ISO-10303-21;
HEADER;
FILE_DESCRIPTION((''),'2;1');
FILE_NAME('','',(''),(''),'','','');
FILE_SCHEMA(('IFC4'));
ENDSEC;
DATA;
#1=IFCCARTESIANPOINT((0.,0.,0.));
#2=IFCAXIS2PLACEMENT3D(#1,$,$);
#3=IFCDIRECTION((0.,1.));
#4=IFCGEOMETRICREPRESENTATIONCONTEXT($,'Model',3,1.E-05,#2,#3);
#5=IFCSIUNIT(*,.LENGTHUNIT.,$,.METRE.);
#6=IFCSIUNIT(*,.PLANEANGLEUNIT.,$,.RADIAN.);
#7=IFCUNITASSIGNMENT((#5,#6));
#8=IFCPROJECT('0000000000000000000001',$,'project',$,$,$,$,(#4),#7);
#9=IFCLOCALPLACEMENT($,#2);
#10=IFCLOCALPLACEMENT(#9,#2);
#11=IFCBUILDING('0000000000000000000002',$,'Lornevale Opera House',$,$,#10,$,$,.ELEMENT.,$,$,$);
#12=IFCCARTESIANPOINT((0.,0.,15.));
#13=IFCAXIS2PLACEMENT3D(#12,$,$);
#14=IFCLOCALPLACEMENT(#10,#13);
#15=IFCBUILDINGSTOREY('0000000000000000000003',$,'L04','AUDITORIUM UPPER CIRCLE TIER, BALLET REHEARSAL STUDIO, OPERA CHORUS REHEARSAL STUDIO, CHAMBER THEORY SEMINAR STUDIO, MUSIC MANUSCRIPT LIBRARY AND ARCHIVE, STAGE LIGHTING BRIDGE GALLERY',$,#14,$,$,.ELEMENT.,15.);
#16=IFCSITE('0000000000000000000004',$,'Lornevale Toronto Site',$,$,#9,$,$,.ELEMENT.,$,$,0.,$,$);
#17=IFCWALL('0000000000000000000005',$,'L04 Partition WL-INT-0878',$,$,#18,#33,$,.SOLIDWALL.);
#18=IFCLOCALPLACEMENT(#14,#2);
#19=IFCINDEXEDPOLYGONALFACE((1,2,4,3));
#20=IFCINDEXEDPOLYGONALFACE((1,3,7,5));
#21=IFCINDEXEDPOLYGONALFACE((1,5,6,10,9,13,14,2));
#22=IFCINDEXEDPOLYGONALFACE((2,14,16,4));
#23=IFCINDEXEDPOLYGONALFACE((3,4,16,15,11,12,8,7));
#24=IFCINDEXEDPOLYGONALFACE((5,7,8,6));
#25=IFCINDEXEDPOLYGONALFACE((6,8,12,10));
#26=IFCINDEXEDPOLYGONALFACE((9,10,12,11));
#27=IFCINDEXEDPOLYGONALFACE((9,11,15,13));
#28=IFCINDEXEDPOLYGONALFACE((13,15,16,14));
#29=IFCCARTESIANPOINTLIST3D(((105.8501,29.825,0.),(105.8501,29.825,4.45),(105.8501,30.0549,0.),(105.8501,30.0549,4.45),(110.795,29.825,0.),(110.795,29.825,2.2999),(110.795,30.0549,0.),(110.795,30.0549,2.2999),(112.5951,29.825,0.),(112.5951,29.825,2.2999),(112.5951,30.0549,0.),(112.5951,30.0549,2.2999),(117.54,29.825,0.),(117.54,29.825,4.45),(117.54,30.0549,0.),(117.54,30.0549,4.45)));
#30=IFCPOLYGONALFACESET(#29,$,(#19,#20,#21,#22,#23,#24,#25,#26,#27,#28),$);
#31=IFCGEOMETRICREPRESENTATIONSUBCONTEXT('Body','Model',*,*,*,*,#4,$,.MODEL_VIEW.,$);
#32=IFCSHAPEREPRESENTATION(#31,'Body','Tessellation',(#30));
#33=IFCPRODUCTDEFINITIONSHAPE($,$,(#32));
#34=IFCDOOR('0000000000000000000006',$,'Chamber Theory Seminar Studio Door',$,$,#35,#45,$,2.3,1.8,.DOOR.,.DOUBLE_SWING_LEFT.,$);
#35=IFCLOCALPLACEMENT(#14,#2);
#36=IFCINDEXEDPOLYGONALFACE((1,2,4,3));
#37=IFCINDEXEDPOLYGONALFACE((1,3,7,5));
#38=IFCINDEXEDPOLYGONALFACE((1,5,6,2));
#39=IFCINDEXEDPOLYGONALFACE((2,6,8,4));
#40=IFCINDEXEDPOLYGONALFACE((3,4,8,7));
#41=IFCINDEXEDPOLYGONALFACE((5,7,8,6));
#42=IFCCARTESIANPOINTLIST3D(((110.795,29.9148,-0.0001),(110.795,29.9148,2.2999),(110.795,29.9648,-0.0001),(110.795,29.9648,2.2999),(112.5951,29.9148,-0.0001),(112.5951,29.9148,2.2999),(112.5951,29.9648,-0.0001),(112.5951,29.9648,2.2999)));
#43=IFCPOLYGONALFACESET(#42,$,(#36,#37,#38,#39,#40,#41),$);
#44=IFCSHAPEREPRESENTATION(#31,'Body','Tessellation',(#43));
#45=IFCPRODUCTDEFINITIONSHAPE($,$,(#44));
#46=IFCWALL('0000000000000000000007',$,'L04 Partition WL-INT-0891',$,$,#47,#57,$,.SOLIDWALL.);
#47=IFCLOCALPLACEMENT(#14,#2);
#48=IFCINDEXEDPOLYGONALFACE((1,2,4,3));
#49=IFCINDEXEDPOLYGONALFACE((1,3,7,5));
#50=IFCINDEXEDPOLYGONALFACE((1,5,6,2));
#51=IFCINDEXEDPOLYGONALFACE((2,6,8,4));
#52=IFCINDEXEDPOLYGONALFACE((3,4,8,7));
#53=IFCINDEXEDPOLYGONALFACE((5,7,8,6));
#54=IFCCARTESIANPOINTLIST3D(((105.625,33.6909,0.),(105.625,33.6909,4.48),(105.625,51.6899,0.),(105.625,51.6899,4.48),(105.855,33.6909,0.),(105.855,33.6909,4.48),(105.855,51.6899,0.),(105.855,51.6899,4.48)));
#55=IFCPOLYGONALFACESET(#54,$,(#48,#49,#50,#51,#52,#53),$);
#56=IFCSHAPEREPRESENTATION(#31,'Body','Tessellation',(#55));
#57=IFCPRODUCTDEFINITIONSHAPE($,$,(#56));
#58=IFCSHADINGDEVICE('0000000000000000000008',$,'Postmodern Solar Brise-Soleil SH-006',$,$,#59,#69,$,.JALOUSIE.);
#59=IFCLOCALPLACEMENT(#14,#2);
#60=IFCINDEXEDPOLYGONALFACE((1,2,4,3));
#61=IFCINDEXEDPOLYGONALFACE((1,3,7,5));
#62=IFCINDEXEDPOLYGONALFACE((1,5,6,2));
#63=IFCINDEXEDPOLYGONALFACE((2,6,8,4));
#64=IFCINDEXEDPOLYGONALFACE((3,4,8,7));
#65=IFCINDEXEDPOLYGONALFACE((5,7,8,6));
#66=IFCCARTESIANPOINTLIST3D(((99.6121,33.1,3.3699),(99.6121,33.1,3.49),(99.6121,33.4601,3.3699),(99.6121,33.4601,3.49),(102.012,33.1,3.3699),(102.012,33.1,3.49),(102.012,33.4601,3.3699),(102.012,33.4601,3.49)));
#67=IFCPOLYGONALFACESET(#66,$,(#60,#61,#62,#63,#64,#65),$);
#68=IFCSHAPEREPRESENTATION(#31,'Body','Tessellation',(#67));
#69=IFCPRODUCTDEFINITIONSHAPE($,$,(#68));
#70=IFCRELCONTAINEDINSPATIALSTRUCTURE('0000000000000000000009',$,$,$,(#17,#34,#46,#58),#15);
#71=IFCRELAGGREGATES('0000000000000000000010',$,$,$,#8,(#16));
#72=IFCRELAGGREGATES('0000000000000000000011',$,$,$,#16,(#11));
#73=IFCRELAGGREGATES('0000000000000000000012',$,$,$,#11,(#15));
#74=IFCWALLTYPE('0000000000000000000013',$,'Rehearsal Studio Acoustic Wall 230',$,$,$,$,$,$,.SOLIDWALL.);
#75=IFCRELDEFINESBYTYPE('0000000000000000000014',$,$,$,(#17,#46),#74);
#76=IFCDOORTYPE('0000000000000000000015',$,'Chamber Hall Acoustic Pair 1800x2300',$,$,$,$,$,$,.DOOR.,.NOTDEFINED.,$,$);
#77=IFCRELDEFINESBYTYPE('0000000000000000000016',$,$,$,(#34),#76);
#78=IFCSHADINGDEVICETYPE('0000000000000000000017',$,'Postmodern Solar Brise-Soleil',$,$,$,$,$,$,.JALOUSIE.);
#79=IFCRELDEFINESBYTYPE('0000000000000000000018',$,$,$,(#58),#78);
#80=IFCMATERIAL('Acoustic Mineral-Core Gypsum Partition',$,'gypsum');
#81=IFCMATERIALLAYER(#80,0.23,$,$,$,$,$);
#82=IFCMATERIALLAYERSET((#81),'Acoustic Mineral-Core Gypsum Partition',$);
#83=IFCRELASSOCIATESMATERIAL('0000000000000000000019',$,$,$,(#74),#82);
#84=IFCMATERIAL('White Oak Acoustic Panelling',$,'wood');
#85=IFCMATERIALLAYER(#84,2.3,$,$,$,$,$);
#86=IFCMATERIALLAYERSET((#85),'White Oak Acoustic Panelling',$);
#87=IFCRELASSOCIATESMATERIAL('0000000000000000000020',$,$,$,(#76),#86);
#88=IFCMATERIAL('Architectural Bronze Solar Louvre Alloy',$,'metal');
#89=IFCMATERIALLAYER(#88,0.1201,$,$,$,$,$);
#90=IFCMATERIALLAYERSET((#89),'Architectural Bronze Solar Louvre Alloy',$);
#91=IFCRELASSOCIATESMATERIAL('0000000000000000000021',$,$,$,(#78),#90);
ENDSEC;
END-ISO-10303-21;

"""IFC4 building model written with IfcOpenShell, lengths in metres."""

from ifc_helpers import new_model, si_unit, direction, frame, frame_2d, origin, origin_2d, place, context, subcontext, project, spatial, rectangle, extrude, material, layer, layer_set, type_object, element, fill, save


model = new_model("IFC4")

# Units and contexts
model_context = context("Model", 3, precision=1e-05, world=origin(), true_north=direction((0.0, 1.0)))
body_context = subcontext(model_context, "Body", "Model", "MODEL_VIEW")
ifc_project = project(units=[si_unit("LENGTHUNIT", "METRE"), si_unit("PLANEANGLEUNIT", "RADIAN")], contexts=[model_context])

# Site, building, storey
site_placement = place(None, origin())
site = spatial("IfcSite", under=ifc_project, at=site_placement, Name="Lornevale Toronto Site", CompositionType="ELEMENT", RefElevation=0.0)
building_placement = place(site_placement, origin())
building = spatial("IfcBuilding", under=site, at=building_placement, Name="Lornevale Opera House", CompositionType="ELEMENT")
storey_placement = place(building_placement, frame((0.0, 0.0, 15.0)))
storey = spatial("IfcBuildingStorey", under=building, at=storey_placement, Name="L04", Description="AUDITORIUM UPPER CIRCLE TIER, BALLET REHEARSAL STUDIO, OPERA CHORUS REHEARSAL STUDIO, CHAMBER THEORY SEMINAR STUDIO, MUSIC MANUSCRIPT LIBRARY AND ARCHIVE, STAGE LIGHTING BRIDGE GALLERY", CompositionType="ELEMENT", Elevation=15.0)

# Wall, opening, door
ifc_material_1 = material(Name="Acoustic Mineral-Core Gypsum Partition", Category="gypsum")
ifc_layer_1 = layer(ifc_material_1, 0.23)
ifc_layer_set_1 = layer_set([ifc_layer_1], Name="Acoustic Mineral-Core Gypsum Partition")
wall_type_1 = type_object("IfcWallType", Name="Rehearsal Studio Acoustic Wall 230", PredefinedType="SOLIDWALL", material=ifc_layer_set_1)
wall_1_placement = place(storey_placement, frame((105.8501, 29.9399, 0.0), z_axis=(0.0, 0.0, 1.0), x_axis=(1.0, 0.0, 0.0)))
wall_1 = element("IfcWall", 1, at=wall_1_placement, inside=storey, type_object=wall_type_1, Name="L04 Partition WL-INT-0878", PredefinedType="SOLIDWALL", context=body_context, shape_type="SweptSolid", body=[
    extrude(rectangle(XDim=11.6899, YDim=0.23, at=frame_2d((5.845, 0.0))), origin(), (0.0, 0.0, 1.0), 4.45),
])
opening_1_placement = place(wall_1_placement, frame((4.9451, 0.0, 0.0)))
opening_1 = element("IfcOpeningElement", 2, at=opening_1_placement, cuts=wall_1, PredefinedType="OPENING", context=body_context, shape_type="SweptSolid", body=[
    extrude(rectangle(XDim=1.8, YDim=2.3, at=frame_2d((0.8999, 1.1499))), frame((0.0, 0.125, 0.0), z_axis=(0.0, -1.0, 0.0), x_axis=(1.0, 0.0, 0.0)), (0.0, 0.0, 1.0), 0.25),
])
ifc_material_2 = material(Name="White Oak Acoustic Panelling", Category="wood")
ifc_layer_2 = layer(ifc_material_2, 2.3)
ifc_layer_set_2 = layer_set([ifc_layer_2], Name="White Oak Acoustic Panelling")
door_type_1 = type_object("IfcDoorType", Name="Chamber Hall Acoustic Pair 1800x2300", OperationType="NOTDEFINED", PredefinedType="DOOR", material=ifc_layer_set_2)
door_1_placement = place(opening_1_placement, origin())
door_1 = element("IfcDoor", 3, at=door_1_placement, inside=storey, type_object=door_type_1, Name="Chamber Theory Seminar Studio Door", OperationType="DOUBLE_SWING_LEFT", OverallHeight=2.3, OverallWidth=1.8, PredefinedType="DOOR", context=body_context, shape_type="SweptSolid", body=[
    extrude(rectangle(XDim=1.8, YDim=2.3, at=frame_2d((0.8999, 1.1499))), frame((0.0, 0.0249, 0.0), z_axis=(0.0, -1.0, 0.0), x_axis=(1.0, 0.0, 0.0)), (0.0, 0.0, 1.0), 0.05),
])
fill(opening_1, door_1)

# Wall
wall_2_placement = place(storey_placement, frame((105.74, 33.6909, 0.0), z_axis=(0.0, 0.0, 1.0), x_axis=(0.0, 1.0, 0.0)))
element("IfcWall", 4, at=wall_2_placement, inside=storey, type_object=wall_type_1, Name="L04 Partition WL-INT-0891", PredefinedType="SOLIDWALL", context=body_context, shape_type="SweptSolid", body=[
    extrude(rectangle(XDim=17.999, YDim=0.23, at=frame_2d((8.9995, 0.0))), origin(), (0.0, 0.0, 1.0), 4.48),
])

# Shading device
ifc_material_3 = material(Name="Architectural Bronze Solar Louvre Alloy", Category="metal")
ifc_layer_3 = layer(ifc_material_3, 0.1201)
ifc_layer_set_3 = layer_set([ifc_layer_3], Name="Architectural Bronze Solar Louvre Alloy")
shading_device_type = type_object("IfcShadingDeviceType", Name="Postmodern Solar Brise-Soleil", PredefinedType="JALOUSIE", material=ifc_layer_set_3)
shading_device_placement = place(storey_placement, frame((100.812, 33.28, 3.3699), z_axis=(0.0, 0.0, 1.0), x_axis=(1.0, 0.0, 0.0)))
element("IfcShadingDevice", 5, at=shading_device_placement, inside=storey, type_object=shading_device_type, Name="Postmodern Solar Brise-Soleil SH-006", PredefinedType="JALOUSIE", context=body_context, shape_type="SweptSolid", body=[
    extrude(rectangle(XDim=2.3999, YDim=0.3601, at=origin_2d()), origin(), (0.0, 0.0, 1.0), 0.1201),
])

save(model, "model.ifc")
